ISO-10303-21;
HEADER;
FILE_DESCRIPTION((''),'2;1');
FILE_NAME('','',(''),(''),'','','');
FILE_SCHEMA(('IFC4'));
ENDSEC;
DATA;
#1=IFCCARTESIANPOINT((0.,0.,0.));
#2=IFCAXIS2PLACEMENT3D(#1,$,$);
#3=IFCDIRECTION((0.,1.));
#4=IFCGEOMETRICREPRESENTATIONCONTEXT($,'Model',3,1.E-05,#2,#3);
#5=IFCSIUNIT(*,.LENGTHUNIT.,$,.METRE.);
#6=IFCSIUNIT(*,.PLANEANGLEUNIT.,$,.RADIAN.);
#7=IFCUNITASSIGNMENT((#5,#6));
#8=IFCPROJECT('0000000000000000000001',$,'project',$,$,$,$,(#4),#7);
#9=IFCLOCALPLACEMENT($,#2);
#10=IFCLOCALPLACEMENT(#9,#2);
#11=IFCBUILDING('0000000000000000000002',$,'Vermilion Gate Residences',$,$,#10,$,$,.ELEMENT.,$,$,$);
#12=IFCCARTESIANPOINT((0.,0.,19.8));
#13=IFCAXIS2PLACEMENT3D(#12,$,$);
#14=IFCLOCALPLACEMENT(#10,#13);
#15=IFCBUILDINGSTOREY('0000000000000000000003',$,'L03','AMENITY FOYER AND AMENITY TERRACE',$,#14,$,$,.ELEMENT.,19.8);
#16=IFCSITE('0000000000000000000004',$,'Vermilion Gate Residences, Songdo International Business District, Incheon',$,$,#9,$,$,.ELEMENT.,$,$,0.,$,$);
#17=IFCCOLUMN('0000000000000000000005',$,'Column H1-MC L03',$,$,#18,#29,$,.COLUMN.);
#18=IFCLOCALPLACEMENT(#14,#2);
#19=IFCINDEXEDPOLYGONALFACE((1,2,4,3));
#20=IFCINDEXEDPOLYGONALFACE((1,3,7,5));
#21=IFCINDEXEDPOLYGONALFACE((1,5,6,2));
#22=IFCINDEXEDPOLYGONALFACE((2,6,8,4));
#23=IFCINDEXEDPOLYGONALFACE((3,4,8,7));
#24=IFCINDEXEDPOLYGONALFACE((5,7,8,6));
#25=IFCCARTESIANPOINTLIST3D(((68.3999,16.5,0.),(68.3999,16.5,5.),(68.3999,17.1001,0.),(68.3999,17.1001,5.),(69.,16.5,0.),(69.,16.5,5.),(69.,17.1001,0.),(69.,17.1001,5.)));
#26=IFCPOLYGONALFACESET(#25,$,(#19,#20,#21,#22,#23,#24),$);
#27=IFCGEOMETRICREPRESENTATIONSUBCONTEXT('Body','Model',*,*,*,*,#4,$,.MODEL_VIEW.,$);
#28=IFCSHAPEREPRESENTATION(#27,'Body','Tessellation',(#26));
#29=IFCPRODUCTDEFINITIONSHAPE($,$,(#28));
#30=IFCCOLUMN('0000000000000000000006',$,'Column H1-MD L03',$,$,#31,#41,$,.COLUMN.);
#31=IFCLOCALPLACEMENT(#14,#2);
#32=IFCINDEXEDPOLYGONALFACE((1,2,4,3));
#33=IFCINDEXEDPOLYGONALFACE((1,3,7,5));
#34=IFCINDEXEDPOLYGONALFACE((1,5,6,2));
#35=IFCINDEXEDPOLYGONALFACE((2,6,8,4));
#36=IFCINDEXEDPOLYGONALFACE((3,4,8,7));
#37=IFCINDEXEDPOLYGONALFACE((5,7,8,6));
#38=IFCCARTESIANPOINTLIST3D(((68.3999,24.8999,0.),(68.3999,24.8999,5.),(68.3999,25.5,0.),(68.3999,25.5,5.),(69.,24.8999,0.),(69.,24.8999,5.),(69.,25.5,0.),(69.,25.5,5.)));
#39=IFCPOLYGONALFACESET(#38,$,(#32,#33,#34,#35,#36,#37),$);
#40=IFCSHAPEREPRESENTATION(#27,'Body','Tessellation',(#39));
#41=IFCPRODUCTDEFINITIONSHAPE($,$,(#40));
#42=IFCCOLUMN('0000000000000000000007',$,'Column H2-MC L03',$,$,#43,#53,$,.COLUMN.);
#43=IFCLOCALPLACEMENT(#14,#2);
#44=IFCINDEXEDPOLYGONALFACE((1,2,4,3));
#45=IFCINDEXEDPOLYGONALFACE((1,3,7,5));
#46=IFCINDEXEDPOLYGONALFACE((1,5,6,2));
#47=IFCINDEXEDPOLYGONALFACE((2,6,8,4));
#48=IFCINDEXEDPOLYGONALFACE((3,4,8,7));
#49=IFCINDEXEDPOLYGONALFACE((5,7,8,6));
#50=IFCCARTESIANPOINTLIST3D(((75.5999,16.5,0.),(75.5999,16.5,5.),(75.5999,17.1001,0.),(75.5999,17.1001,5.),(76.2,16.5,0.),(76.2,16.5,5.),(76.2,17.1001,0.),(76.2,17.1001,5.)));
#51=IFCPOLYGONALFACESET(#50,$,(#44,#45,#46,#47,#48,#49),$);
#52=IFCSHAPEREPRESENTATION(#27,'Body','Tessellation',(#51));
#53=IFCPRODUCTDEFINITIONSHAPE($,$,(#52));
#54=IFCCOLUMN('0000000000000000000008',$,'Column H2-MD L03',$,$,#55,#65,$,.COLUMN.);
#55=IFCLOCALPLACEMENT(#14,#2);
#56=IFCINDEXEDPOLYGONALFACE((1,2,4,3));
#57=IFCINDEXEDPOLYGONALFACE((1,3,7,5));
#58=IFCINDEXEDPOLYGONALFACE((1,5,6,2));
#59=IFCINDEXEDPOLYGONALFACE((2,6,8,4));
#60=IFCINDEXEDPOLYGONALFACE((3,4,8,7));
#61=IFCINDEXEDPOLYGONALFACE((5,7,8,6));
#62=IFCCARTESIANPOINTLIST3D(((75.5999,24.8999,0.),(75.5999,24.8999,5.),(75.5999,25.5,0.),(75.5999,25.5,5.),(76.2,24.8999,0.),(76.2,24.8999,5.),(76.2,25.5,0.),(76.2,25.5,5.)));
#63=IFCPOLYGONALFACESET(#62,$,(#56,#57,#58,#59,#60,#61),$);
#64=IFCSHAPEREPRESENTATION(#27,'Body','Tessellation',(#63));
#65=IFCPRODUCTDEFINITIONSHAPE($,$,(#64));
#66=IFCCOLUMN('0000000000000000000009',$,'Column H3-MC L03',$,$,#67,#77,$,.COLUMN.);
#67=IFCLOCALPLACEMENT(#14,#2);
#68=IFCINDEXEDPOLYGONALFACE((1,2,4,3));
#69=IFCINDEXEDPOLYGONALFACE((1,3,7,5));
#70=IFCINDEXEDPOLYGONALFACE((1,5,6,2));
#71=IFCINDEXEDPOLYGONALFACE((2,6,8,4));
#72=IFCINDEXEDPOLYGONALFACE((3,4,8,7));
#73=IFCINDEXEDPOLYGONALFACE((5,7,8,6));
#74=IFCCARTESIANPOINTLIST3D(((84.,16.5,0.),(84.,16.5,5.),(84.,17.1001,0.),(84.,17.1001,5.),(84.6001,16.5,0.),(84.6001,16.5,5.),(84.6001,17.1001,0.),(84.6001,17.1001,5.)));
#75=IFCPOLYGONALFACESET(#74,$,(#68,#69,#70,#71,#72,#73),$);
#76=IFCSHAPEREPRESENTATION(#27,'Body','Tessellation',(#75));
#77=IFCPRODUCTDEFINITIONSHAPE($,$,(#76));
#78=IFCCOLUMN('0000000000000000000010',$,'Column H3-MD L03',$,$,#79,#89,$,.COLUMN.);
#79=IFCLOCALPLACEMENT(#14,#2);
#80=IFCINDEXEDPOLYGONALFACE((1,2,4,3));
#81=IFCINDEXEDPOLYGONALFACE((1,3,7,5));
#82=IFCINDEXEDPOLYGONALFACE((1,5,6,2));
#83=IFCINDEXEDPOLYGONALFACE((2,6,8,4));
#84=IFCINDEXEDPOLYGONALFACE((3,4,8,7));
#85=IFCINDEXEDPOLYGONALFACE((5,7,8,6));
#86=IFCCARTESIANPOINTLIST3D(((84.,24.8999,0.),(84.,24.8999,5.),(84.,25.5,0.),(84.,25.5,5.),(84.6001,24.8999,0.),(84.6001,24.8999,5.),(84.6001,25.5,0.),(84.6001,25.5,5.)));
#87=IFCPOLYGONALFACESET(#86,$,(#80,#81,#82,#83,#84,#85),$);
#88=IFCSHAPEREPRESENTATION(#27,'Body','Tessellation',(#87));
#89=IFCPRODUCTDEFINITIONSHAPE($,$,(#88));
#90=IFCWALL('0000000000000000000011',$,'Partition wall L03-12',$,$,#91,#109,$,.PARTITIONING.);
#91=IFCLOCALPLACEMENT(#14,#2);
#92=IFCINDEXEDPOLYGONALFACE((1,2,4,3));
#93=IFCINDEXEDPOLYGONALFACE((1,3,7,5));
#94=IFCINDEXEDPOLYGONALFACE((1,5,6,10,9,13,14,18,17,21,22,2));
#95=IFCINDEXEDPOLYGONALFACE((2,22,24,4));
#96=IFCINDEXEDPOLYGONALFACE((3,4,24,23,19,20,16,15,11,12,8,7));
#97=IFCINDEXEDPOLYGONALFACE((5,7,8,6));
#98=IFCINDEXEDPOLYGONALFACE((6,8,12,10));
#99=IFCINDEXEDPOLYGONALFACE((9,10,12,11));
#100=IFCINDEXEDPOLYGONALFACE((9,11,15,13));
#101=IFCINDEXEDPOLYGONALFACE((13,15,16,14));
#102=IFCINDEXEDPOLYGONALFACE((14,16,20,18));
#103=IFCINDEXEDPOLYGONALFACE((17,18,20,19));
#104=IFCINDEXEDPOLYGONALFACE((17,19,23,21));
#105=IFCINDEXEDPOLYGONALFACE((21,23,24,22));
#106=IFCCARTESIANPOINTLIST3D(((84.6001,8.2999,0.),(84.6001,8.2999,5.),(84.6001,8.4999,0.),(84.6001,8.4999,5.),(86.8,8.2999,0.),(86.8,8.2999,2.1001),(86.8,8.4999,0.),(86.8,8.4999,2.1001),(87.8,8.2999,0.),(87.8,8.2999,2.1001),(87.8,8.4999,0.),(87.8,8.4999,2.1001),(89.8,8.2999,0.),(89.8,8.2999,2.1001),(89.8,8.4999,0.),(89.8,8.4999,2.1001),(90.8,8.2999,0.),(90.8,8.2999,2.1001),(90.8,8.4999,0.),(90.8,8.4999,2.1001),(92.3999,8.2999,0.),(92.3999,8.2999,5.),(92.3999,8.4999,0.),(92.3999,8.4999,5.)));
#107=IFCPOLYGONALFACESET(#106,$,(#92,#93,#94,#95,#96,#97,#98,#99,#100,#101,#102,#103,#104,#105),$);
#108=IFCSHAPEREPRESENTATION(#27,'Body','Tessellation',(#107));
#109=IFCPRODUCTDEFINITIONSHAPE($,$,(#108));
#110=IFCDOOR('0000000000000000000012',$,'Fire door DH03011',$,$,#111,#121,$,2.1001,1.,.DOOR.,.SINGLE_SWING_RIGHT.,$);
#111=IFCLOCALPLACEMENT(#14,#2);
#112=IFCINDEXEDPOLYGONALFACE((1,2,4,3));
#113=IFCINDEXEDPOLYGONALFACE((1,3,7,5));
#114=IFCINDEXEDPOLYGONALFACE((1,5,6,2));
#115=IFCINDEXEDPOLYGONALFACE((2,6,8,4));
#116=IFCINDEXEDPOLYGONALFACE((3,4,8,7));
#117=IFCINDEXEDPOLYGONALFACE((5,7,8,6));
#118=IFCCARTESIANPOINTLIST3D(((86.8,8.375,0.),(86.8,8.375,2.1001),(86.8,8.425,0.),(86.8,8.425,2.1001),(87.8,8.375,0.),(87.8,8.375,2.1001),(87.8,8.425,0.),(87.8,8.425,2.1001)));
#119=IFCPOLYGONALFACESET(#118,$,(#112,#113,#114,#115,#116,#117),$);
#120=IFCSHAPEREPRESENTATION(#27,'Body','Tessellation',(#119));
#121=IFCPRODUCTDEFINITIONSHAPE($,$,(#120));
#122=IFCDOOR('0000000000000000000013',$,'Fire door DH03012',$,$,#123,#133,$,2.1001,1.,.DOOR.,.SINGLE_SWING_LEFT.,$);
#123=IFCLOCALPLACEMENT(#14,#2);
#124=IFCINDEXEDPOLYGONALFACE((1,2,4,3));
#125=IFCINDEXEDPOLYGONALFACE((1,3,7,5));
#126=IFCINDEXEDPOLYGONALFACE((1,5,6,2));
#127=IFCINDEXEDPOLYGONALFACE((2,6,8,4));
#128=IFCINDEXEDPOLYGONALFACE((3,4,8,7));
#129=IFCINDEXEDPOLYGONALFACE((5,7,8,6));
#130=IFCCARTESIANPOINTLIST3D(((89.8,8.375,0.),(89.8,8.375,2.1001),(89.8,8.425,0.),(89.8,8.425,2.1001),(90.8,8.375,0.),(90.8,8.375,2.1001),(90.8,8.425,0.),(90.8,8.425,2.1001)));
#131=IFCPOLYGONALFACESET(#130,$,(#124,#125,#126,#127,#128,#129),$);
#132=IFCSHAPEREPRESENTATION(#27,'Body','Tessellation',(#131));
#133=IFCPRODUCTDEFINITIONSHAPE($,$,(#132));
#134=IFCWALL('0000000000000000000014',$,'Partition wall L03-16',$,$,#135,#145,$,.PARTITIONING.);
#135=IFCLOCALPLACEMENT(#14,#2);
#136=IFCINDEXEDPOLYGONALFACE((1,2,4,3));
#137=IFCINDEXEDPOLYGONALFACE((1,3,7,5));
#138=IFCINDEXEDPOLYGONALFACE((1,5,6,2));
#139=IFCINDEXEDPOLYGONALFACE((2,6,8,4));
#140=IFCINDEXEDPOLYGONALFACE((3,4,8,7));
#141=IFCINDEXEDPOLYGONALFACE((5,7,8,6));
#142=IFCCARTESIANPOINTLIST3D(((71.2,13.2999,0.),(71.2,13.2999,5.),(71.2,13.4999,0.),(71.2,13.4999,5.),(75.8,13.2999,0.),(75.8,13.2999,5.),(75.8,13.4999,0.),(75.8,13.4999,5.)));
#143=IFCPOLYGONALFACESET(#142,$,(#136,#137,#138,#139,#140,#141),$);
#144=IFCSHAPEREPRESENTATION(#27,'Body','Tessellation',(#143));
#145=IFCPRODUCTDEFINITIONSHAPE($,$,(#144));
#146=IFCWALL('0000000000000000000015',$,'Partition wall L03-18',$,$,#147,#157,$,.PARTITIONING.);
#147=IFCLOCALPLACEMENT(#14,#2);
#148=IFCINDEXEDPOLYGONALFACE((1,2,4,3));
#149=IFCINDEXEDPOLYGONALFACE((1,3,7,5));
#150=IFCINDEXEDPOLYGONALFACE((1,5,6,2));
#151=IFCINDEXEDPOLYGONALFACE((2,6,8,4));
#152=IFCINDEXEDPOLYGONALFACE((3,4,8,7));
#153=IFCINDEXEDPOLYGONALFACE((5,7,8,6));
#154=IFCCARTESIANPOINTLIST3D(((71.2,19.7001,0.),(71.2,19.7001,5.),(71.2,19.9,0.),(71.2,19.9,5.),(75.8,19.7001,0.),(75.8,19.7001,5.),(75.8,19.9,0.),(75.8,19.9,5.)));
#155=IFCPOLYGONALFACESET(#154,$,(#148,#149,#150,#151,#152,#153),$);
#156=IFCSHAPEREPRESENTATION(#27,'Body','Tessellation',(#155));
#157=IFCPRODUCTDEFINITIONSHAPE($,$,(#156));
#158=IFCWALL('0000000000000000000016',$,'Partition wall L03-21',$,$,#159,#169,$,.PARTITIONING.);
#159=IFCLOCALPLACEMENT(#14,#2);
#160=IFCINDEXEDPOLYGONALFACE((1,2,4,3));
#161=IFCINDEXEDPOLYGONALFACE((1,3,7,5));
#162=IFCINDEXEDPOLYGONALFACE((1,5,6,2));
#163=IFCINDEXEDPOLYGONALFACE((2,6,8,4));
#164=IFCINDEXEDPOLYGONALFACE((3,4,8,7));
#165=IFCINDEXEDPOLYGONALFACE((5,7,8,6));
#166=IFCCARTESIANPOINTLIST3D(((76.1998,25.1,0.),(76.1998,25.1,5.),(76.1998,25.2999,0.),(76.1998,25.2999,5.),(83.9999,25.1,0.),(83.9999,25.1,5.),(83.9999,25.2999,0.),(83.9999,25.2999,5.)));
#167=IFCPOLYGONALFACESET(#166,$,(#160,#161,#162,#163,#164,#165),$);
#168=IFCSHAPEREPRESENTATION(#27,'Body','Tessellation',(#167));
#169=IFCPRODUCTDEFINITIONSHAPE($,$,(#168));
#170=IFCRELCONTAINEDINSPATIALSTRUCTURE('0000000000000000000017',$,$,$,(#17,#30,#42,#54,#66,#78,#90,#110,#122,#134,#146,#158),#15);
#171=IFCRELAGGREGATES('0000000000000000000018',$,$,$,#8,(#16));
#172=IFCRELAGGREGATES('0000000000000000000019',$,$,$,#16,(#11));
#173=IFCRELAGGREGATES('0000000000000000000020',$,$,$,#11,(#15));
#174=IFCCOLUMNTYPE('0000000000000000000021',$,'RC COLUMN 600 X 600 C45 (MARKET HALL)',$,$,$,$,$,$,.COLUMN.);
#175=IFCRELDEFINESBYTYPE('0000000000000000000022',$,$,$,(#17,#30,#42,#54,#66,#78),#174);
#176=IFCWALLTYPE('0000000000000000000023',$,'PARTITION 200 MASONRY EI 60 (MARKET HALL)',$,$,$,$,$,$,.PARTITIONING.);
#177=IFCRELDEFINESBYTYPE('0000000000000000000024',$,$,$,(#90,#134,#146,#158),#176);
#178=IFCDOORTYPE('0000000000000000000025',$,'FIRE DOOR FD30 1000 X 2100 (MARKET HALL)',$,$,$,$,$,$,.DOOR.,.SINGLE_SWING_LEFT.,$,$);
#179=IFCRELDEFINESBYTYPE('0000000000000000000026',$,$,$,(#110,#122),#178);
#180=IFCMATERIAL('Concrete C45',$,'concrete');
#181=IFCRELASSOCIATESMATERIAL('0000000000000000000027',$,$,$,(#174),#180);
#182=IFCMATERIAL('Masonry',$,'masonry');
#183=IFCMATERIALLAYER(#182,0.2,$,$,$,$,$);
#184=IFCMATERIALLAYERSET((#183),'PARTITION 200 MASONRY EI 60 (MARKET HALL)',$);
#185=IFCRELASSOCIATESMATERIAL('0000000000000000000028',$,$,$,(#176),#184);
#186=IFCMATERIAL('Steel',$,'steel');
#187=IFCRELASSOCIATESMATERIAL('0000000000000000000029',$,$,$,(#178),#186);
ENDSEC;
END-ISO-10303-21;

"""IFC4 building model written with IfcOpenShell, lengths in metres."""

from ifc_helpers import new_model, si_unit, direction, frame, frame_2d, origin, origin_2d, place, context, subcontext, project, spatial, rectangle, extrude, material, layer, layer_set, material_profile, profile_set, type_object, element, fill, save


model = new_model("IFC4")

# Units and contexts
model_context = context("Model", 3, precision=1e-05, world=origin(), true_north=direction((0.0, 1.0)))
body_context = subcontext(model_context, "Body", "Model", "MODEL_VIEW")
ifc_project = project(units=[si_unit("LENGTHUNIT", "METRE"), si_unit("PLANEANGLEUNIT", "RADIAN")], contexts=[model_context])

# Site, building, storey
site_placement = place(None, origin())
site = spatial("IfcSite", under=ifc_project, at=site_placement, Name="Vermilion Gate Residences, Songdo International Business District, Incheon", CompositionType="ELEMENT", RefElevation=0.0)
building_placement = place(site_placement, origin())
building = spatial("IfcBuilding", under=site, at=building_placement, Name="Vermilion Gate Residences", CompositionType="ELEMENT")
storey_placement = place(building_placement, frame((0.0, 0.0, 19.8)))
storey = spatial("IfcBuildingStorey", under=building, at=storey_placement, Name="L03", Description="AMENITY FOYER AND AMENITY TERRACE", CompositionType="ELEMENT", Elevation=19.8)

# Columns
ifc_material_1 = material(Name="Concrete C45", Category="concrete")
ifc_material_profile = material_profile(ifc_material_1, rectangle(XDim=0.6001, YDim=0.6001, at=origin_2d()), Name="RC COLUMN 600 X 600 C45 (MARKET HALL)")
ifc_profile_set = profile_set([ifc_material_profile], Name="Concrete C45")
column_type = type_object("IfcColumnType", Name="RC COLUMN 600 X 600 C45 (MARKET HALL)", PredefinedType="COLUMN", material=ifc_profile_set)
for number, where, z_axis, x_axis, name in (
    (1, (68.7, 16.8, 0.0), (0.0, 0.0, 1.0), (1.0, 0.0, 0.0), "Column H1-MC L03"),
    (2, (68.7, 25.2, 0.0), (0.0, 0.0, 1.0), (1.0, 0.0, 0.0), "Column H1-MD L03"),
    (3, (75.8999, 16.8, 0.0), (0.0, 0.0, 1.0), (1.0, 0.0, 0.0), "Column H2-MC L03"),
    (4, (75.8999, 25.2, 0.0), (0.0, 0.0, 1.0), (1.0, 0.0, 0.0), "Column H2-MD L03"),
    (5, (84.3, 16.8, 0.0), (0.0, 0.0, 1.0), (1.0, 0.0, 0.0), "Column H3-MC L03"),
    (6, (84.3, 25.2, 0.0), (0.0, 0.0, 1.0), (1.0, 0.0, 0.0), "Column H3-MD L03"),
):
    element("IfcColumn", number, at=place(storey_placement, frame(where, z_axis=z_axis, x_axis=x_axis)), inside=storey, type_object=column_type, Name=name, PredefinedType="COLUMN", context=body_context, shape_type="SweptSolid", body=[
        extrude(rectangle(XDim=0.6001, YDim=0.6001, at=origin_2d()), origin(), (0.0, 0.0, 1.0), 5.0),
    ])

# Wall, openings, doors
ifc_material_2 = material(Name="Masonry", Category="masonry")
ifc_layer_1 = layer(ifc_material_2, 0.2)
ifc_layer_set_1 = layer_set([ifc_layer_1], Name="PARTITION 200 MASONRY EI 60 (MARKET HALL)")
wall_type_1 = type_object("IfcWallType", Name="PARTITION 200 MASONRY EI 60 (MARKET HALL)", PredefinedType="PARTITIONING", material=ifc_layer_set_1)
wall_1_placement = place(storey_placement, frame((84.6001, 8.3999, 0.0), z_axis=(0.0, 0.0, 1.0), x_axis=(1.0, 0.0, 0.0)))
wall_1 = element("IfcWall", 7, at=wall_1_placement, inside=storey, type_object=wall_type_1, Name="Partition wall L03-12", PredefinedType="PARTITIONING", context=body_context, shape_type="SweptSolid", body=[
    extrude(rectangle(XDim=7.7998, YDim=0.2, at=frame_2d((3.8999, 0.0))), origin(), (0.0, 0.0, 1.0), 5.0),
])
opening_1_placement = place(wall_1_placement, frame((2.2, 0.0, 0.0)))
opening_1 = element("IfcOpeningElement", 8, at=opening_1_placement, cuts=wall_1, PredefinedType="OPENING", context=body_context, shape_type="SweptSolid", body=[
    extrude(rectangle(XDim=1.0, YDim=2.1001, at=frame_2d((0.5, 1.05))), frame((0.0, 0.1099, 0.0), z_axis=(0.0, -1.0, 0.0), x_axis=(1.0, 0.0, 0.0)), (0.0, 0.0, 1.0), 0.22),
])
opening_2_placement = place(wall_1_placement, frame((5.2, 0.0, 0.0)))
opening_2 = element("IfcOpeningElement", 9, at=opening_2_placement, cuts=wall_1, PredefinedType="OPENING", context=body_context, shape_type="SweptSolid", body=[
    extrude(rectangle(XDim=1.0, YDim=2.1001, at=frame_2d((0.5, 1.05))), frame((0.0, 0.1099, 0.0), z_axis=(0.0, -1.0, 0.0), x_axis=(1.0, 0.0, 0.0)), (0.0, 0.0, 1.0), 0.22),
])
ifc_material_3 = material(Name="Steel", Category="steel")
door_type_1 = type_object("IfcDoorType", Name="FIRE DOOR FD30 1000 X 2100 (MARKET HALL)", OperationType="SINGLE_SWING_LEFT", PredefinedType="DOOR", material=ifc_material_3)
door_1_placement = place(opening_1_placement, frame((1.0, 0.0, 0.0), z_axis=(0.0, 0.0, 1.0), x_axis=(-1.0, 0.0, 0.0)))
door_1 = element("IfcDoor", 10, at=door_1_placement, inside=storey, type_object=door_type_1, Name="Fire door DH03011", OperationType="SINGLE_SWING_RIGHT", OverallHeight=2.1001, OverallWidth=1.0, PredefinedType="DOOR", context=body_context, shape_type="SweptSolid", body=[
    extrude(rectangle(XDim=1.0, YDim=2.1001, at=frame_2d((0.5, 1.05))), frame((0.0, 0.0249, 0.0), z_axis=(0.0, -1.0, 0.0), x_axis=(1.0, 0.0, 0.0)), (0.0, 0.0, 1.0), 0.05),
])
fill(opening_1, door_1)
door_2_placement = place(opening_2_placement, frame((1.0, 0.0, 0.0), z_axis=(0.0, 0.0, 1.0), x_axis=(-1.0, 0.0, 0.0)))
door_2 = element("IfcDoor", 11, at=door_2_placement, inside=storey, type_object=door_type_1, Name="Fire door DH03012", OperationType="SINGLE_SWING_LEFT", OverallHeight=2.1001, OverallWidth=1.0, PredefinedType="DOOR", context=body_context, shape_type="SweptSolid", body=[
    extrude(rectangle(XDim=1.0, YDim=2.1001, at=frame_2d((0.5, 1.05))), frame((0.0, 0.0249, 0.0), z_axis=(0.0, -1.0, 0.0), x_axis=(1.0, 0.0, 0.0)), (0.0, 0.0, 1.0), 0.05),
])
fill(opening_2, door_2)

# Walls
for number, where, z_axis, x_axis, name in (
    (12, (71.2, 13.3999, 0.0), (0.0, 0.0, 1.0), (1.0, 0.0, 0.0), "Partition wall L03-16"),
    (13, (71.2, 19.8, 0.0), (0.0, 0.0, 1.0), (1.0, 0.0, 0.0), "Partition wall L03-18"),
):
    element("IfcWall", number, at=place(storey_placement, frame(where, z_axis=z_axis, x_axis=x_axis)), inside=storey, type_object=wall_type_1, Name=name, PredefinedType="PARTITIONING", context=body_context, shape_type="SweptSolid", body=[
        extrude(rectangle(XDim=4.6001, YDim=0.2, at=frame_2d((2.3, 0.0))), origin(), (0.0, 0.0, 1.0), 5.0),
    ])
wall_2_placement = place(storey_placement, frame((76.2, 25.2, 0.0), z_axis=(0.0, 0.0, 1.0), x_axis=(1.0, 0.0, 0.0)))
element("IfcWall", 14, at=wall_2_placement, inside=storey, type_object=wall_type_1, Name="Partition wall L03-21", PredefinedType="PARTITIONING", context=body_context, shape_type="SweptSolid", body=[
    extrude(rectangle(XDim=7.8, YDim=0.2, at=frame_2d((3.8999, 0.0))), origin(), (0.0, 0.0, 1.0), 5.0),
])

save(model, "model.ifc")
